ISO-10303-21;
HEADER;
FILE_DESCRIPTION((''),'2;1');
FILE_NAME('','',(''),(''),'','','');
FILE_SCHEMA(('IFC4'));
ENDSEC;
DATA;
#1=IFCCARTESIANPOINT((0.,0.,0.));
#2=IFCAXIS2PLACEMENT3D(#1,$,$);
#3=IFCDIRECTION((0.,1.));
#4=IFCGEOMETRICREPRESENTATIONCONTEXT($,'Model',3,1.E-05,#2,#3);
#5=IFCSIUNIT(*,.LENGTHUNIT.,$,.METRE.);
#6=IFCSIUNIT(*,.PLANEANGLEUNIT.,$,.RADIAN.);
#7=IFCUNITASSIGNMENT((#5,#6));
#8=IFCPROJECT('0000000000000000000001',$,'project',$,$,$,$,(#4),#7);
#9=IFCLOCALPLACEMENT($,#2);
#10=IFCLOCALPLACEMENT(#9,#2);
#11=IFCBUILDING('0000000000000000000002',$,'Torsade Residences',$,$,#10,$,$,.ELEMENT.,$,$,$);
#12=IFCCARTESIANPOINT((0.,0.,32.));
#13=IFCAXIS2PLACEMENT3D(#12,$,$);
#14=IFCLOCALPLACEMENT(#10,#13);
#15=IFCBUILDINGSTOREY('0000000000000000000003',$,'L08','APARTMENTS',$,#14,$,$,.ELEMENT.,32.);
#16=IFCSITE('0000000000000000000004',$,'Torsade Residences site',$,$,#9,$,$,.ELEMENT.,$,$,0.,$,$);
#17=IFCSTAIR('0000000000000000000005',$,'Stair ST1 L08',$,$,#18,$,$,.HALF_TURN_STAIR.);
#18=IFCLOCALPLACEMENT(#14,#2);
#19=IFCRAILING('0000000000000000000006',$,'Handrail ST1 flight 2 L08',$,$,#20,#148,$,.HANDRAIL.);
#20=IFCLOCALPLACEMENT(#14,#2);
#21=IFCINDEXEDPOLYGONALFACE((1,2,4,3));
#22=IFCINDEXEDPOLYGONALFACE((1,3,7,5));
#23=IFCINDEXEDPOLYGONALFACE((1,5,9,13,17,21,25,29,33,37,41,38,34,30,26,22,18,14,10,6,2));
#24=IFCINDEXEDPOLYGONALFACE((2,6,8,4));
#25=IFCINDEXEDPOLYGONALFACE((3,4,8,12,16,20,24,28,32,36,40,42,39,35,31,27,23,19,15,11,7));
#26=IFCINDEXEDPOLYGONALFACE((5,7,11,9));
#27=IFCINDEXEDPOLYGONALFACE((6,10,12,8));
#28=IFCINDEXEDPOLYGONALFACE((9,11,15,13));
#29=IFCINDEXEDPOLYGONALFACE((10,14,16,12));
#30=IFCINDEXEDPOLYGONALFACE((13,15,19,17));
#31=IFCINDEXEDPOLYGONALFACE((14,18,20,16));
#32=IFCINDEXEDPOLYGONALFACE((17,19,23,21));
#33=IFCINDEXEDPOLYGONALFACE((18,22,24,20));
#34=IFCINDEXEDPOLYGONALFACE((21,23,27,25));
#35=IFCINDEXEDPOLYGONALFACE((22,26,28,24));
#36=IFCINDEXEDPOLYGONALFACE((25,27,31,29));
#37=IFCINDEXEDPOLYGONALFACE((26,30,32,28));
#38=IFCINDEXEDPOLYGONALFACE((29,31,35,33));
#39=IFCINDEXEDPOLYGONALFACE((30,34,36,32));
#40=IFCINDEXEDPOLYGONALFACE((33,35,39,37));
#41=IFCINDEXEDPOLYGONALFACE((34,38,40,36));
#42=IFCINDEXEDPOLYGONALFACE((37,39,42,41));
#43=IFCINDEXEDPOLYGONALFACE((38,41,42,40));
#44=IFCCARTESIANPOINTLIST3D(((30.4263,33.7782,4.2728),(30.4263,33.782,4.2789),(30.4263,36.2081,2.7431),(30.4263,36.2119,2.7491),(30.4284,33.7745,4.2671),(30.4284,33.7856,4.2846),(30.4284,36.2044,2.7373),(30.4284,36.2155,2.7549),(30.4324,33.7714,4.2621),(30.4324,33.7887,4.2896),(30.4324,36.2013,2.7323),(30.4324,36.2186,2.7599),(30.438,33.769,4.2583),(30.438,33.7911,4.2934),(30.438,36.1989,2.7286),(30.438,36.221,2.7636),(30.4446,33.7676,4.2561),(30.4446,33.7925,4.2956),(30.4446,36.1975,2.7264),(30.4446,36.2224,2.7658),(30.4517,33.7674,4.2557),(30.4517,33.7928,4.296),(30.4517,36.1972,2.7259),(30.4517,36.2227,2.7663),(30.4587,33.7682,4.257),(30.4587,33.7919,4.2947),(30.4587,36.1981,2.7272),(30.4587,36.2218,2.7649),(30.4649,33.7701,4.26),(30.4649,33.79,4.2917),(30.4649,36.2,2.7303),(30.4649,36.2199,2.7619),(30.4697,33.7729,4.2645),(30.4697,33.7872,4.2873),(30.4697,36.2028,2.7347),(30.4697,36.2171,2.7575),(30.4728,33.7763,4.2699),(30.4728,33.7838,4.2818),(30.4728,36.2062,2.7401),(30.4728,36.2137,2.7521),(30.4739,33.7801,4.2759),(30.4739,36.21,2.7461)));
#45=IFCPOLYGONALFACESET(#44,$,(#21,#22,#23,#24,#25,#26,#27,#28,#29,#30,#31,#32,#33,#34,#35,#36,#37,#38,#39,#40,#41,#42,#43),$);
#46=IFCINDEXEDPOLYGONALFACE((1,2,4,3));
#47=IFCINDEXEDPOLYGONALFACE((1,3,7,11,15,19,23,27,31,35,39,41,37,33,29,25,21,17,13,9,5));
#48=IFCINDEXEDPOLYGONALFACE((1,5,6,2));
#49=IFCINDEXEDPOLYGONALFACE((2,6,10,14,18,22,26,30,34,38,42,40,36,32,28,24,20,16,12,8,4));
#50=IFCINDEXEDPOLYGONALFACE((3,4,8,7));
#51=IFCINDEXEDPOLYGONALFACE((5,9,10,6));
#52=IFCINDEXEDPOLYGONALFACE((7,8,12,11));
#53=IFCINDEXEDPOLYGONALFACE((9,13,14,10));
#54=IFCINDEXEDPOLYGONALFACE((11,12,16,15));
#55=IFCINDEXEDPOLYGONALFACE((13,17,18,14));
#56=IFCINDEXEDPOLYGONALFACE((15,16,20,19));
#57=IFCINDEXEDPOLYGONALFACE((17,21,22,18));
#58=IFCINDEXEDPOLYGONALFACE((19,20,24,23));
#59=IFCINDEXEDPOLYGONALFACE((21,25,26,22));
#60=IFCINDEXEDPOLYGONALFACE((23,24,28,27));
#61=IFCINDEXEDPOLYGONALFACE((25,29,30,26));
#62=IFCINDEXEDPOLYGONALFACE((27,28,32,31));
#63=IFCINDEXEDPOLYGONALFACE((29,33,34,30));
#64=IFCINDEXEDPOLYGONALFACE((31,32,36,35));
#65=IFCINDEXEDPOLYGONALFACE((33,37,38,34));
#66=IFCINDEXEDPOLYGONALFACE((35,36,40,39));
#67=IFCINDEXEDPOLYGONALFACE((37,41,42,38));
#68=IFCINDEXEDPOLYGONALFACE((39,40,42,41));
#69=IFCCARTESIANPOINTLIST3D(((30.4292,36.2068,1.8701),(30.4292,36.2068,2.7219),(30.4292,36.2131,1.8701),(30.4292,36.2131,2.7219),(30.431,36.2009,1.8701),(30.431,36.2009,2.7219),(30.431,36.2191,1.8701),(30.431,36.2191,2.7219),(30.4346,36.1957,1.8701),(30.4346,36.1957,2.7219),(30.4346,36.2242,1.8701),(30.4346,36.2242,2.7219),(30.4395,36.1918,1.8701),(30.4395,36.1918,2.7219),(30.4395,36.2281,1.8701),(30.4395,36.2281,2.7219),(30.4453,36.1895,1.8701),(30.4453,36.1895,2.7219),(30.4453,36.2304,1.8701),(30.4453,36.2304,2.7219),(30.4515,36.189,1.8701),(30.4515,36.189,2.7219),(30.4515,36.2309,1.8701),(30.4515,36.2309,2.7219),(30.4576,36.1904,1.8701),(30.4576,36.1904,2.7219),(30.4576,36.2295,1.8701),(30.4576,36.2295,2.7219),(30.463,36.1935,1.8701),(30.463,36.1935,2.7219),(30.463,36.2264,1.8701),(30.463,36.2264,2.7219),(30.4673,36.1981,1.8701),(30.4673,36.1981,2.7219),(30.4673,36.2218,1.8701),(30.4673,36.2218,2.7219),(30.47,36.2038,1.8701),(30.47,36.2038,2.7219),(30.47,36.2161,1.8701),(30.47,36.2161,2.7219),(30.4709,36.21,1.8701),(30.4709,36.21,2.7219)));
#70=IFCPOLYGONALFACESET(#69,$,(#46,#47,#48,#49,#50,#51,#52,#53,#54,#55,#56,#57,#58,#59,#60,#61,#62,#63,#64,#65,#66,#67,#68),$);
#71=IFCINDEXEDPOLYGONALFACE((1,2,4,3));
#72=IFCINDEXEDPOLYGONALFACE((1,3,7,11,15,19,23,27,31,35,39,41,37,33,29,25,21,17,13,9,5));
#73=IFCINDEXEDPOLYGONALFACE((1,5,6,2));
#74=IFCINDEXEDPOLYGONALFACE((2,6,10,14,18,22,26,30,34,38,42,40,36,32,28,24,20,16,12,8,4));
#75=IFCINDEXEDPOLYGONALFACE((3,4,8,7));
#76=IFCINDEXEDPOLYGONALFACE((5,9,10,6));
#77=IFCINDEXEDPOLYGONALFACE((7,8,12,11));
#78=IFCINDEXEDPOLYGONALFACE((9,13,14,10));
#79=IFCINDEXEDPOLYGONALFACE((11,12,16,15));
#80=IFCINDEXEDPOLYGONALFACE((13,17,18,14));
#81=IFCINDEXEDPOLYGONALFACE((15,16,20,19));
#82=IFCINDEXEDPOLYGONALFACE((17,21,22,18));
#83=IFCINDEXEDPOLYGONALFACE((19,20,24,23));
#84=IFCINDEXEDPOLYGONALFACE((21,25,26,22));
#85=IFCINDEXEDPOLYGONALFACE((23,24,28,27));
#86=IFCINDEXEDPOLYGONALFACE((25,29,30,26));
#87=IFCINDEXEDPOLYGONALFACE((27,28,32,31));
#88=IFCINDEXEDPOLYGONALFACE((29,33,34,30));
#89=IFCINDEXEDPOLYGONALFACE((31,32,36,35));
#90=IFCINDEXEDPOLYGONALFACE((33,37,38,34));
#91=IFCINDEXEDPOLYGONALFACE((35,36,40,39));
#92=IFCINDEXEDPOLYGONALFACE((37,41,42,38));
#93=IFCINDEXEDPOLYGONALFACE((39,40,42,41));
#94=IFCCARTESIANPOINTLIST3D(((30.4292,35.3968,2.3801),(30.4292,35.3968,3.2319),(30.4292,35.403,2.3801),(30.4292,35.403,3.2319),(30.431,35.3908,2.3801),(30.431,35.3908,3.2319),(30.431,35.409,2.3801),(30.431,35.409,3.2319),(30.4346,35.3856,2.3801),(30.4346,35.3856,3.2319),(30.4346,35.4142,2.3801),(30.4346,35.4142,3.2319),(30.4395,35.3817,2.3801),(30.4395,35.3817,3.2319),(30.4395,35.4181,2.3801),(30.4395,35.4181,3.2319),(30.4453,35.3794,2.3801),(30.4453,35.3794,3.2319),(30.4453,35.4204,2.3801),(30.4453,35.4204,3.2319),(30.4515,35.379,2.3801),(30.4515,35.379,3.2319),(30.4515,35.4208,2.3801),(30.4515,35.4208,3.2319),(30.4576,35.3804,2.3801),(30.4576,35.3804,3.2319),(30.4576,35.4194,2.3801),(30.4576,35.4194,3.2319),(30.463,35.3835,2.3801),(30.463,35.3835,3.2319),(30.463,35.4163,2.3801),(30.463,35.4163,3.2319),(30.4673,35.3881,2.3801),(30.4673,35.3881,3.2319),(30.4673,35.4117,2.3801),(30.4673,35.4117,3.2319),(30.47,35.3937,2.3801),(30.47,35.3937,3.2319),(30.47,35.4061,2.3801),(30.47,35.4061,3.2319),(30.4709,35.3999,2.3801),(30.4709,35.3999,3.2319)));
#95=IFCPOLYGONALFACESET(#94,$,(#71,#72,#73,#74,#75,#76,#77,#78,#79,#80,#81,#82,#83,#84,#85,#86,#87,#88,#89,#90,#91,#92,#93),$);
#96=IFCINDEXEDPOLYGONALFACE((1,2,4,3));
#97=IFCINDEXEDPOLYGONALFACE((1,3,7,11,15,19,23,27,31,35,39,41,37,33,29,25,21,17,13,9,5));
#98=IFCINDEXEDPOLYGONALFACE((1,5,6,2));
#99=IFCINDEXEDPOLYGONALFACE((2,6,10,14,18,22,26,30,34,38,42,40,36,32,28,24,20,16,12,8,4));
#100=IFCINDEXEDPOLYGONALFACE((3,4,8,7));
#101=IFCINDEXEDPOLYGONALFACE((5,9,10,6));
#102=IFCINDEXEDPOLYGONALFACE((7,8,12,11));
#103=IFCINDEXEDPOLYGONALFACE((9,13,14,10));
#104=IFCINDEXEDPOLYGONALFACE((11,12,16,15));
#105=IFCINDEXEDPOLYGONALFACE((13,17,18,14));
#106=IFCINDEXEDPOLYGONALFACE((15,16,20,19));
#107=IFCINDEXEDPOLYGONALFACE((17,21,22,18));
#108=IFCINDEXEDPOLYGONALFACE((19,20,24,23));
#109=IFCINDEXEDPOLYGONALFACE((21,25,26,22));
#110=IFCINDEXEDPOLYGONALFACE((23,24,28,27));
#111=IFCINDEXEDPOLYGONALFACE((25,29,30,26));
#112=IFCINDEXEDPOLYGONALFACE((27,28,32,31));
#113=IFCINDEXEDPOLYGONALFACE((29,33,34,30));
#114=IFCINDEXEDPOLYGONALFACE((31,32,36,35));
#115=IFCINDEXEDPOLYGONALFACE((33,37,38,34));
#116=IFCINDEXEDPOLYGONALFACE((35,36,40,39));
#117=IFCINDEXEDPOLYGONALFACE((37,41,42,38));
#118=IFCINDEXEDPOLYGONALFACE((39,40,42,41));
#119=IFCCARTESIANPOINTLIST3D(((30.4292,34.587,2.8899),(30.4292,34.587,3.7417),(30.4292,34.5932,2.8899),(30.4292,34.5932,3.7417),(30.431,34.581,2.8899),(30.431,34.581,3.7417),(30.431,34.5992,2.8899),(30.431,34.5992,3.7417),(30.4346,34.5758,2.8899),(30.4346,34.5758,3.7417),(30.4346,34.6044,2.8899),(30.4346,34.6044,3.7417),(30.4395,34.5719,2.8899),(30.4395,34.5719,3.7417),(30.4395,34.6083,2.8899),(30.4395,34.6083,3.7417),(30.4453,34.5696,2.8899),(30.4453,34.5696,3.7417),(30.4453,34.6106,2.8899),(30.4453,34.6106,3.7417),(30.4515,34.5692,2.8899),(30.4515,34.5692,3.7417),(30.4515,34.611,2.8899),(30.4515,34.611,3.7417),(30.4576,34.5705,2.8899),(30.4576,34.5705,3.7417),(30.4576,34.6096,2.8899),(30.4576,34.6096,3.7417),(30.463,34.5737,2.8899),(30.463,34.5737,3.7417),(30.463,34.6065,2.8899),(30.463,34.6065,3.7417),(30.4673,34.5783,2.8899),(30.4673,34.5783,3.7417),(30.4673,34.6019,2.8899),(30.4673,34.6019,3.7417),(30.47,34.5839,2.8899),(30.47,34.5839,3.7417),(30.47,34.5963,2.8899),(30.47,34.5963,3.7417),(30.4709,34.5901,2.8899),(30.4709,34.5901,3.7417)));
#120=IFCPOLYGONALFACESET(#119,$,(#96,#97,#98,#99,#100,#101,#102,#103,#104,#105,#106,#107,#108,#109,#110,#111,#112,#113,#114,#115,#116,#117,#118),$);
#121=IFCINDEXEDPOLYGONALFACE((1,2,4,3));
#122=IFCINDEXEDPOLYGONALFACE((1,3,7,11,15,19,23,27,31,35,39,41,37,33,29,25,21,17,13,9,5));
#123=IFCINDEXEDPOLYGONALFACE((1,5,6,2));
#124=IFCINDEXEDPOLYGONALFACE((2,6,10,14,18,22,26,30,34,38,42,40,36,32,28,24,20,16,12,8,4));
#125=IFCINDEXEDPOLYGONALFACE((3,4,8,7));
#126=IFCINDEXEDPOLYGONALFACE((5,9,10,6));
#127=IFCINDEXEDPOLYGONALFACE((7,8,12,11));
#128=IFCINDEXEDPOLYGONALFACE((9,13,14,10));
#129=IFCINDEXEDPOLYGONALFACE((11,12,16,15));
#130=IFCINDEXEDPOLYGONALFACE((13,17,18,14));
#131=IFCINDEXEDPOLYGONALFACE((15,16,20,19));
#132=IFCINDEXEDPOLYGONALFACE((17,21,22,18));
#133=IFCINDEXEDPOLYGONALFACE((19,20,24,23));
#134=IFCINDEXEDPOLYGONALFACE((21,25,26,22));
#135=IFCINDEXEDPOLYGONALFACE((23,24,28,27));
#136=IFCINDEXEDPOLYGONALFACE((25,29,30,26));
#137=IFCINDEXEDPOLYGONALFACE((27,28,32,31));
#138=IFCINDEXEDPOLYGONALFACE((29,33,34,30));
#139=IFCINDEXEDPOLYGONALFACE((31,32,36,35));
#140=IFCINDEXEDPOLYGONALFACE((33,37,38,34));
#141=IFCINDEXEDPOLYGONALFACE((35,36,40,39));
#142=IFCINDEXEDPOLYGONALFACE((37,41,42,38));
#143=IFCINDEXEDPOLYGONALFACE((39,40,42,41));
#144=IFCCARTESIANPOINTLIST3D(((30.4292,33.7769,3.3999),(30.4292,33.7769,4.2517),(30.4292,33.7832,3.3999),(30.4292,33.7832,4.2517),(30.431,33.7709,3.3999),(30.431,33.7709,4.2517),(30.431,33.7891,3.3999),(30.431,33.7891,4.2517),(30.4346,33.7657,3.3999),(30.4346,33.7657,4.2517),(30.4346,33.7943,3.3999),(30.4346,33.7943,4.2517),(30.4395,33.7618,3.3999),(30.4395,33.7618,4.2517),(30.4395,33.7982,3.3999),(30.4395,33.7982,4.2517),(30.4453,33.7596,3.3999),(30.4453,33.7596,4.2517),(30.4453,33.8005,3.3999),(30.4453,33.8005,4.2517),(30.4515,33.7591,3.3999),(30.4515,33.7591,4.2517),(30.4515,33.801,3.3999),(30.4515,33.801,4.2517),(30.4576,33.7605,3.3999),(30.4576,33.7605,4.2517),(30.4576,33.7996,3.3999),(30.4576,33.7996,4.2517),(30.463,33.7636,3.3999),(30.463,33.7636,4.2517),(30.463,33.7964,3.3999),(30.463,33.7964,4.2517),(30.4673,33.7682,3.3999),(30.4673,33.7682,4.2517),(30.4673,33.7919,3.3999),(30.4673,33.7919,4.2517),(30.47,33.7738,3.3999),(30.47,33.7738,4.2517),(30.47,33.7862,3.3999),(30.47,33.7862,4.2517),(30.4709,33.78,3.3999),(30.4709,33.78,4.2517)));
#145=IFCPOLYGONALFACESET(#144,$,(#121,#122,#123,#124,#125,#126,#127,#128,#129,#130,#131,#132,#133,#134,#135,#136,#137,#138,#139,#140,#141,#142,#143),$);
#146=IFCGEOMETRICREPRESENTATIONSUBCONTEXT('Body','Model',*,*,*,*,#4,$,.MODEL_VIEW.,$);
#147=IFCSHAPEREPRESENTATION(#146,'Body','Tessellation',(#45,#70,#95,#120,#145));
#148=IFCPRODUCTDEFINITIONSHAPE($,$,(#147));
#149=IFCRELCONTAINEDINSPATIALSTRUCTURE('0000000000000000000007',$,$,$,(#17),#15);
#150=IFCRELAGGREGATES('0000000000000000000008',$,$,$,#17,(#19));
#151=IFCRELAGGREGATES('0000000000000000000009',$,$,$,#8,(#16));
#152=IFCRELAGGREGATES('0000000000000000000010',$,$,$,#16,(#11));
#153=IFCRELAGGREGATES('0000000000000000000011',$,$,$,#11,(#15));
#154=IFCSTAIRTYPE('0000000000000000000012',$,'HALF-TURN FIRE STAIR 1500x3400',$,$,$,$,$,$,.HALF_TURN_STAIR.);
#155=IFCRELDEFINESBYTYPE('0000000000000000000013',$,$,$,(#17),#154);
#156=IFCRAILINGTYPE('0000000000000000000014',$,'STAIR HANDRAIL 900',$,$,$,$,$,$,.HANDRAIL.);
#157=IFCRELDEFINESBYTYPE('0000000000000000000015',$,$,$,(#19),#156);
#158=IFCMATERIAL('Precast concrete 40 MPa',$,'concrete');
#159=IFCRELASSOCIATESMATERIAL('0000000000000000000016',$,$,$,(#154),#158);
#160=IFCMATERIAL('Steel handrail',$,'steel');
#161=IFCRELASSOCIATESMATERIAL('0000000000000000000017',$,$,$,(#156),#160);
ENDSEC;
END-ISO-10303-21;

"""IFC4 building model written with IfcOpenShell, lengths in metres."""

from ifc_helpers import new_model, si_unit, direction, frame, origin, origin_2d, place, context, subcontext, project, spatial, circle, extrude, material, type_object, element, aggregate, save


model = new_model("IFC4")

# Units and contexts
model_context = context("Model", 3, precision=1e-05, world=origin(), true_north=direction((0.0, 1.0)))
body_context = subcontext(model_context, "Body", "Model", "MODEL_VIEW")
ifc_project = project(units=[si_unit("LENGTHUNIT", "METRE"), si_unit("PLANEANGLEUNIT", "RADIAN")], contexts=[model_context])

# Site, building, storey
site_placement = place(None, origin())
site = spatial("IfcSite", under=ifc_project, at=site_placement, Name="Torsade Residences site", CompositionType="ELEMENT", RefElevation=0.0)
building_placement = place(site_placement, origin())
building = spatial("IfcBuilding", under=site, at=building_placement, Name="Torsade Residences", CompositionType="ELEMENT")
storey_placement = place(building_placement, frame((0.0, 0.0, 32.0)))
storey = spatial("IfcBuildingStorey", under=building, at=storey_placement, Name="L08", Description="APARTMENTS", CompositionType="ELEMENT", Elevation=32.0)

# Stair, railing
ifc_material_1 = material(Name="Precast concrete 40 MPa", Category="concrete")
stair_type = type_object("IfcStairType", Name="HALF-TURN FIRE STAIR 1500x3400", PredefinedType="HALF_TURN_STAIR", material=ifc_material_1)
stair_placement = place(storey_placement, origin())
stair = element("IfcStair", 1, at=stair_placement, inside=storey, type_object=stair_type, Name="Stair ST1 L08", PredefinedType="HALF_TURN_STAIR")
ifc_material_2 = material(Name="Steel handrail", Category="steel")
railing_type = type_object("IfcRailingType", Name="STAIR HANDRAIL 900", PredefinedType="HANDRAIL", material=ifc_material_2)
railing_1_placement = place(storey_placement, frame((30.45, 36.21, 1.8701)))
railing_1 = element("IfcRailing", 2, at=railing_1_placement, type_object=railing_type, Name="Handrail ST1 flight 2 L08", PredefinedType="HANDRAIL", context=body_context, shape_type="SweptSolid", body=[
    extrude(circle(Radius=0.0239, at=origin_2d()), frame((0.0, 0.0, 0.876), z_axis=(0.0, -0.84626, 0.53277), x_axis=(1.0, 0.0, 0.0)), (0.0, 0.0, 1.0), 2.8713),
    extrude(circle(Radius=0.021, at=origin_2d()), origin(), (0.0, 0.0, 1.0), 0.8518),
    extrude(circle(Radius=0.021, at=origin_2d()), frame((0.0, -0.8101, 0.51)), (0.0, 0.0, 1.0), 0.8518),
    extrude(circle(Radius=0.021, at=origin_2d()), frame((0.0, -1.6199, 1.0198)), (0.0, 0.0, 1.0), 0.8518),
    extrude(circle(Radius=0.021, at=origin_2d()), frame((0.0, -2.4299, 1.5298)), (0.0, 0.0, 1.0), 0.8518),
])
aggregate(stair, [railing_1])

save(model, "model.ifc")
